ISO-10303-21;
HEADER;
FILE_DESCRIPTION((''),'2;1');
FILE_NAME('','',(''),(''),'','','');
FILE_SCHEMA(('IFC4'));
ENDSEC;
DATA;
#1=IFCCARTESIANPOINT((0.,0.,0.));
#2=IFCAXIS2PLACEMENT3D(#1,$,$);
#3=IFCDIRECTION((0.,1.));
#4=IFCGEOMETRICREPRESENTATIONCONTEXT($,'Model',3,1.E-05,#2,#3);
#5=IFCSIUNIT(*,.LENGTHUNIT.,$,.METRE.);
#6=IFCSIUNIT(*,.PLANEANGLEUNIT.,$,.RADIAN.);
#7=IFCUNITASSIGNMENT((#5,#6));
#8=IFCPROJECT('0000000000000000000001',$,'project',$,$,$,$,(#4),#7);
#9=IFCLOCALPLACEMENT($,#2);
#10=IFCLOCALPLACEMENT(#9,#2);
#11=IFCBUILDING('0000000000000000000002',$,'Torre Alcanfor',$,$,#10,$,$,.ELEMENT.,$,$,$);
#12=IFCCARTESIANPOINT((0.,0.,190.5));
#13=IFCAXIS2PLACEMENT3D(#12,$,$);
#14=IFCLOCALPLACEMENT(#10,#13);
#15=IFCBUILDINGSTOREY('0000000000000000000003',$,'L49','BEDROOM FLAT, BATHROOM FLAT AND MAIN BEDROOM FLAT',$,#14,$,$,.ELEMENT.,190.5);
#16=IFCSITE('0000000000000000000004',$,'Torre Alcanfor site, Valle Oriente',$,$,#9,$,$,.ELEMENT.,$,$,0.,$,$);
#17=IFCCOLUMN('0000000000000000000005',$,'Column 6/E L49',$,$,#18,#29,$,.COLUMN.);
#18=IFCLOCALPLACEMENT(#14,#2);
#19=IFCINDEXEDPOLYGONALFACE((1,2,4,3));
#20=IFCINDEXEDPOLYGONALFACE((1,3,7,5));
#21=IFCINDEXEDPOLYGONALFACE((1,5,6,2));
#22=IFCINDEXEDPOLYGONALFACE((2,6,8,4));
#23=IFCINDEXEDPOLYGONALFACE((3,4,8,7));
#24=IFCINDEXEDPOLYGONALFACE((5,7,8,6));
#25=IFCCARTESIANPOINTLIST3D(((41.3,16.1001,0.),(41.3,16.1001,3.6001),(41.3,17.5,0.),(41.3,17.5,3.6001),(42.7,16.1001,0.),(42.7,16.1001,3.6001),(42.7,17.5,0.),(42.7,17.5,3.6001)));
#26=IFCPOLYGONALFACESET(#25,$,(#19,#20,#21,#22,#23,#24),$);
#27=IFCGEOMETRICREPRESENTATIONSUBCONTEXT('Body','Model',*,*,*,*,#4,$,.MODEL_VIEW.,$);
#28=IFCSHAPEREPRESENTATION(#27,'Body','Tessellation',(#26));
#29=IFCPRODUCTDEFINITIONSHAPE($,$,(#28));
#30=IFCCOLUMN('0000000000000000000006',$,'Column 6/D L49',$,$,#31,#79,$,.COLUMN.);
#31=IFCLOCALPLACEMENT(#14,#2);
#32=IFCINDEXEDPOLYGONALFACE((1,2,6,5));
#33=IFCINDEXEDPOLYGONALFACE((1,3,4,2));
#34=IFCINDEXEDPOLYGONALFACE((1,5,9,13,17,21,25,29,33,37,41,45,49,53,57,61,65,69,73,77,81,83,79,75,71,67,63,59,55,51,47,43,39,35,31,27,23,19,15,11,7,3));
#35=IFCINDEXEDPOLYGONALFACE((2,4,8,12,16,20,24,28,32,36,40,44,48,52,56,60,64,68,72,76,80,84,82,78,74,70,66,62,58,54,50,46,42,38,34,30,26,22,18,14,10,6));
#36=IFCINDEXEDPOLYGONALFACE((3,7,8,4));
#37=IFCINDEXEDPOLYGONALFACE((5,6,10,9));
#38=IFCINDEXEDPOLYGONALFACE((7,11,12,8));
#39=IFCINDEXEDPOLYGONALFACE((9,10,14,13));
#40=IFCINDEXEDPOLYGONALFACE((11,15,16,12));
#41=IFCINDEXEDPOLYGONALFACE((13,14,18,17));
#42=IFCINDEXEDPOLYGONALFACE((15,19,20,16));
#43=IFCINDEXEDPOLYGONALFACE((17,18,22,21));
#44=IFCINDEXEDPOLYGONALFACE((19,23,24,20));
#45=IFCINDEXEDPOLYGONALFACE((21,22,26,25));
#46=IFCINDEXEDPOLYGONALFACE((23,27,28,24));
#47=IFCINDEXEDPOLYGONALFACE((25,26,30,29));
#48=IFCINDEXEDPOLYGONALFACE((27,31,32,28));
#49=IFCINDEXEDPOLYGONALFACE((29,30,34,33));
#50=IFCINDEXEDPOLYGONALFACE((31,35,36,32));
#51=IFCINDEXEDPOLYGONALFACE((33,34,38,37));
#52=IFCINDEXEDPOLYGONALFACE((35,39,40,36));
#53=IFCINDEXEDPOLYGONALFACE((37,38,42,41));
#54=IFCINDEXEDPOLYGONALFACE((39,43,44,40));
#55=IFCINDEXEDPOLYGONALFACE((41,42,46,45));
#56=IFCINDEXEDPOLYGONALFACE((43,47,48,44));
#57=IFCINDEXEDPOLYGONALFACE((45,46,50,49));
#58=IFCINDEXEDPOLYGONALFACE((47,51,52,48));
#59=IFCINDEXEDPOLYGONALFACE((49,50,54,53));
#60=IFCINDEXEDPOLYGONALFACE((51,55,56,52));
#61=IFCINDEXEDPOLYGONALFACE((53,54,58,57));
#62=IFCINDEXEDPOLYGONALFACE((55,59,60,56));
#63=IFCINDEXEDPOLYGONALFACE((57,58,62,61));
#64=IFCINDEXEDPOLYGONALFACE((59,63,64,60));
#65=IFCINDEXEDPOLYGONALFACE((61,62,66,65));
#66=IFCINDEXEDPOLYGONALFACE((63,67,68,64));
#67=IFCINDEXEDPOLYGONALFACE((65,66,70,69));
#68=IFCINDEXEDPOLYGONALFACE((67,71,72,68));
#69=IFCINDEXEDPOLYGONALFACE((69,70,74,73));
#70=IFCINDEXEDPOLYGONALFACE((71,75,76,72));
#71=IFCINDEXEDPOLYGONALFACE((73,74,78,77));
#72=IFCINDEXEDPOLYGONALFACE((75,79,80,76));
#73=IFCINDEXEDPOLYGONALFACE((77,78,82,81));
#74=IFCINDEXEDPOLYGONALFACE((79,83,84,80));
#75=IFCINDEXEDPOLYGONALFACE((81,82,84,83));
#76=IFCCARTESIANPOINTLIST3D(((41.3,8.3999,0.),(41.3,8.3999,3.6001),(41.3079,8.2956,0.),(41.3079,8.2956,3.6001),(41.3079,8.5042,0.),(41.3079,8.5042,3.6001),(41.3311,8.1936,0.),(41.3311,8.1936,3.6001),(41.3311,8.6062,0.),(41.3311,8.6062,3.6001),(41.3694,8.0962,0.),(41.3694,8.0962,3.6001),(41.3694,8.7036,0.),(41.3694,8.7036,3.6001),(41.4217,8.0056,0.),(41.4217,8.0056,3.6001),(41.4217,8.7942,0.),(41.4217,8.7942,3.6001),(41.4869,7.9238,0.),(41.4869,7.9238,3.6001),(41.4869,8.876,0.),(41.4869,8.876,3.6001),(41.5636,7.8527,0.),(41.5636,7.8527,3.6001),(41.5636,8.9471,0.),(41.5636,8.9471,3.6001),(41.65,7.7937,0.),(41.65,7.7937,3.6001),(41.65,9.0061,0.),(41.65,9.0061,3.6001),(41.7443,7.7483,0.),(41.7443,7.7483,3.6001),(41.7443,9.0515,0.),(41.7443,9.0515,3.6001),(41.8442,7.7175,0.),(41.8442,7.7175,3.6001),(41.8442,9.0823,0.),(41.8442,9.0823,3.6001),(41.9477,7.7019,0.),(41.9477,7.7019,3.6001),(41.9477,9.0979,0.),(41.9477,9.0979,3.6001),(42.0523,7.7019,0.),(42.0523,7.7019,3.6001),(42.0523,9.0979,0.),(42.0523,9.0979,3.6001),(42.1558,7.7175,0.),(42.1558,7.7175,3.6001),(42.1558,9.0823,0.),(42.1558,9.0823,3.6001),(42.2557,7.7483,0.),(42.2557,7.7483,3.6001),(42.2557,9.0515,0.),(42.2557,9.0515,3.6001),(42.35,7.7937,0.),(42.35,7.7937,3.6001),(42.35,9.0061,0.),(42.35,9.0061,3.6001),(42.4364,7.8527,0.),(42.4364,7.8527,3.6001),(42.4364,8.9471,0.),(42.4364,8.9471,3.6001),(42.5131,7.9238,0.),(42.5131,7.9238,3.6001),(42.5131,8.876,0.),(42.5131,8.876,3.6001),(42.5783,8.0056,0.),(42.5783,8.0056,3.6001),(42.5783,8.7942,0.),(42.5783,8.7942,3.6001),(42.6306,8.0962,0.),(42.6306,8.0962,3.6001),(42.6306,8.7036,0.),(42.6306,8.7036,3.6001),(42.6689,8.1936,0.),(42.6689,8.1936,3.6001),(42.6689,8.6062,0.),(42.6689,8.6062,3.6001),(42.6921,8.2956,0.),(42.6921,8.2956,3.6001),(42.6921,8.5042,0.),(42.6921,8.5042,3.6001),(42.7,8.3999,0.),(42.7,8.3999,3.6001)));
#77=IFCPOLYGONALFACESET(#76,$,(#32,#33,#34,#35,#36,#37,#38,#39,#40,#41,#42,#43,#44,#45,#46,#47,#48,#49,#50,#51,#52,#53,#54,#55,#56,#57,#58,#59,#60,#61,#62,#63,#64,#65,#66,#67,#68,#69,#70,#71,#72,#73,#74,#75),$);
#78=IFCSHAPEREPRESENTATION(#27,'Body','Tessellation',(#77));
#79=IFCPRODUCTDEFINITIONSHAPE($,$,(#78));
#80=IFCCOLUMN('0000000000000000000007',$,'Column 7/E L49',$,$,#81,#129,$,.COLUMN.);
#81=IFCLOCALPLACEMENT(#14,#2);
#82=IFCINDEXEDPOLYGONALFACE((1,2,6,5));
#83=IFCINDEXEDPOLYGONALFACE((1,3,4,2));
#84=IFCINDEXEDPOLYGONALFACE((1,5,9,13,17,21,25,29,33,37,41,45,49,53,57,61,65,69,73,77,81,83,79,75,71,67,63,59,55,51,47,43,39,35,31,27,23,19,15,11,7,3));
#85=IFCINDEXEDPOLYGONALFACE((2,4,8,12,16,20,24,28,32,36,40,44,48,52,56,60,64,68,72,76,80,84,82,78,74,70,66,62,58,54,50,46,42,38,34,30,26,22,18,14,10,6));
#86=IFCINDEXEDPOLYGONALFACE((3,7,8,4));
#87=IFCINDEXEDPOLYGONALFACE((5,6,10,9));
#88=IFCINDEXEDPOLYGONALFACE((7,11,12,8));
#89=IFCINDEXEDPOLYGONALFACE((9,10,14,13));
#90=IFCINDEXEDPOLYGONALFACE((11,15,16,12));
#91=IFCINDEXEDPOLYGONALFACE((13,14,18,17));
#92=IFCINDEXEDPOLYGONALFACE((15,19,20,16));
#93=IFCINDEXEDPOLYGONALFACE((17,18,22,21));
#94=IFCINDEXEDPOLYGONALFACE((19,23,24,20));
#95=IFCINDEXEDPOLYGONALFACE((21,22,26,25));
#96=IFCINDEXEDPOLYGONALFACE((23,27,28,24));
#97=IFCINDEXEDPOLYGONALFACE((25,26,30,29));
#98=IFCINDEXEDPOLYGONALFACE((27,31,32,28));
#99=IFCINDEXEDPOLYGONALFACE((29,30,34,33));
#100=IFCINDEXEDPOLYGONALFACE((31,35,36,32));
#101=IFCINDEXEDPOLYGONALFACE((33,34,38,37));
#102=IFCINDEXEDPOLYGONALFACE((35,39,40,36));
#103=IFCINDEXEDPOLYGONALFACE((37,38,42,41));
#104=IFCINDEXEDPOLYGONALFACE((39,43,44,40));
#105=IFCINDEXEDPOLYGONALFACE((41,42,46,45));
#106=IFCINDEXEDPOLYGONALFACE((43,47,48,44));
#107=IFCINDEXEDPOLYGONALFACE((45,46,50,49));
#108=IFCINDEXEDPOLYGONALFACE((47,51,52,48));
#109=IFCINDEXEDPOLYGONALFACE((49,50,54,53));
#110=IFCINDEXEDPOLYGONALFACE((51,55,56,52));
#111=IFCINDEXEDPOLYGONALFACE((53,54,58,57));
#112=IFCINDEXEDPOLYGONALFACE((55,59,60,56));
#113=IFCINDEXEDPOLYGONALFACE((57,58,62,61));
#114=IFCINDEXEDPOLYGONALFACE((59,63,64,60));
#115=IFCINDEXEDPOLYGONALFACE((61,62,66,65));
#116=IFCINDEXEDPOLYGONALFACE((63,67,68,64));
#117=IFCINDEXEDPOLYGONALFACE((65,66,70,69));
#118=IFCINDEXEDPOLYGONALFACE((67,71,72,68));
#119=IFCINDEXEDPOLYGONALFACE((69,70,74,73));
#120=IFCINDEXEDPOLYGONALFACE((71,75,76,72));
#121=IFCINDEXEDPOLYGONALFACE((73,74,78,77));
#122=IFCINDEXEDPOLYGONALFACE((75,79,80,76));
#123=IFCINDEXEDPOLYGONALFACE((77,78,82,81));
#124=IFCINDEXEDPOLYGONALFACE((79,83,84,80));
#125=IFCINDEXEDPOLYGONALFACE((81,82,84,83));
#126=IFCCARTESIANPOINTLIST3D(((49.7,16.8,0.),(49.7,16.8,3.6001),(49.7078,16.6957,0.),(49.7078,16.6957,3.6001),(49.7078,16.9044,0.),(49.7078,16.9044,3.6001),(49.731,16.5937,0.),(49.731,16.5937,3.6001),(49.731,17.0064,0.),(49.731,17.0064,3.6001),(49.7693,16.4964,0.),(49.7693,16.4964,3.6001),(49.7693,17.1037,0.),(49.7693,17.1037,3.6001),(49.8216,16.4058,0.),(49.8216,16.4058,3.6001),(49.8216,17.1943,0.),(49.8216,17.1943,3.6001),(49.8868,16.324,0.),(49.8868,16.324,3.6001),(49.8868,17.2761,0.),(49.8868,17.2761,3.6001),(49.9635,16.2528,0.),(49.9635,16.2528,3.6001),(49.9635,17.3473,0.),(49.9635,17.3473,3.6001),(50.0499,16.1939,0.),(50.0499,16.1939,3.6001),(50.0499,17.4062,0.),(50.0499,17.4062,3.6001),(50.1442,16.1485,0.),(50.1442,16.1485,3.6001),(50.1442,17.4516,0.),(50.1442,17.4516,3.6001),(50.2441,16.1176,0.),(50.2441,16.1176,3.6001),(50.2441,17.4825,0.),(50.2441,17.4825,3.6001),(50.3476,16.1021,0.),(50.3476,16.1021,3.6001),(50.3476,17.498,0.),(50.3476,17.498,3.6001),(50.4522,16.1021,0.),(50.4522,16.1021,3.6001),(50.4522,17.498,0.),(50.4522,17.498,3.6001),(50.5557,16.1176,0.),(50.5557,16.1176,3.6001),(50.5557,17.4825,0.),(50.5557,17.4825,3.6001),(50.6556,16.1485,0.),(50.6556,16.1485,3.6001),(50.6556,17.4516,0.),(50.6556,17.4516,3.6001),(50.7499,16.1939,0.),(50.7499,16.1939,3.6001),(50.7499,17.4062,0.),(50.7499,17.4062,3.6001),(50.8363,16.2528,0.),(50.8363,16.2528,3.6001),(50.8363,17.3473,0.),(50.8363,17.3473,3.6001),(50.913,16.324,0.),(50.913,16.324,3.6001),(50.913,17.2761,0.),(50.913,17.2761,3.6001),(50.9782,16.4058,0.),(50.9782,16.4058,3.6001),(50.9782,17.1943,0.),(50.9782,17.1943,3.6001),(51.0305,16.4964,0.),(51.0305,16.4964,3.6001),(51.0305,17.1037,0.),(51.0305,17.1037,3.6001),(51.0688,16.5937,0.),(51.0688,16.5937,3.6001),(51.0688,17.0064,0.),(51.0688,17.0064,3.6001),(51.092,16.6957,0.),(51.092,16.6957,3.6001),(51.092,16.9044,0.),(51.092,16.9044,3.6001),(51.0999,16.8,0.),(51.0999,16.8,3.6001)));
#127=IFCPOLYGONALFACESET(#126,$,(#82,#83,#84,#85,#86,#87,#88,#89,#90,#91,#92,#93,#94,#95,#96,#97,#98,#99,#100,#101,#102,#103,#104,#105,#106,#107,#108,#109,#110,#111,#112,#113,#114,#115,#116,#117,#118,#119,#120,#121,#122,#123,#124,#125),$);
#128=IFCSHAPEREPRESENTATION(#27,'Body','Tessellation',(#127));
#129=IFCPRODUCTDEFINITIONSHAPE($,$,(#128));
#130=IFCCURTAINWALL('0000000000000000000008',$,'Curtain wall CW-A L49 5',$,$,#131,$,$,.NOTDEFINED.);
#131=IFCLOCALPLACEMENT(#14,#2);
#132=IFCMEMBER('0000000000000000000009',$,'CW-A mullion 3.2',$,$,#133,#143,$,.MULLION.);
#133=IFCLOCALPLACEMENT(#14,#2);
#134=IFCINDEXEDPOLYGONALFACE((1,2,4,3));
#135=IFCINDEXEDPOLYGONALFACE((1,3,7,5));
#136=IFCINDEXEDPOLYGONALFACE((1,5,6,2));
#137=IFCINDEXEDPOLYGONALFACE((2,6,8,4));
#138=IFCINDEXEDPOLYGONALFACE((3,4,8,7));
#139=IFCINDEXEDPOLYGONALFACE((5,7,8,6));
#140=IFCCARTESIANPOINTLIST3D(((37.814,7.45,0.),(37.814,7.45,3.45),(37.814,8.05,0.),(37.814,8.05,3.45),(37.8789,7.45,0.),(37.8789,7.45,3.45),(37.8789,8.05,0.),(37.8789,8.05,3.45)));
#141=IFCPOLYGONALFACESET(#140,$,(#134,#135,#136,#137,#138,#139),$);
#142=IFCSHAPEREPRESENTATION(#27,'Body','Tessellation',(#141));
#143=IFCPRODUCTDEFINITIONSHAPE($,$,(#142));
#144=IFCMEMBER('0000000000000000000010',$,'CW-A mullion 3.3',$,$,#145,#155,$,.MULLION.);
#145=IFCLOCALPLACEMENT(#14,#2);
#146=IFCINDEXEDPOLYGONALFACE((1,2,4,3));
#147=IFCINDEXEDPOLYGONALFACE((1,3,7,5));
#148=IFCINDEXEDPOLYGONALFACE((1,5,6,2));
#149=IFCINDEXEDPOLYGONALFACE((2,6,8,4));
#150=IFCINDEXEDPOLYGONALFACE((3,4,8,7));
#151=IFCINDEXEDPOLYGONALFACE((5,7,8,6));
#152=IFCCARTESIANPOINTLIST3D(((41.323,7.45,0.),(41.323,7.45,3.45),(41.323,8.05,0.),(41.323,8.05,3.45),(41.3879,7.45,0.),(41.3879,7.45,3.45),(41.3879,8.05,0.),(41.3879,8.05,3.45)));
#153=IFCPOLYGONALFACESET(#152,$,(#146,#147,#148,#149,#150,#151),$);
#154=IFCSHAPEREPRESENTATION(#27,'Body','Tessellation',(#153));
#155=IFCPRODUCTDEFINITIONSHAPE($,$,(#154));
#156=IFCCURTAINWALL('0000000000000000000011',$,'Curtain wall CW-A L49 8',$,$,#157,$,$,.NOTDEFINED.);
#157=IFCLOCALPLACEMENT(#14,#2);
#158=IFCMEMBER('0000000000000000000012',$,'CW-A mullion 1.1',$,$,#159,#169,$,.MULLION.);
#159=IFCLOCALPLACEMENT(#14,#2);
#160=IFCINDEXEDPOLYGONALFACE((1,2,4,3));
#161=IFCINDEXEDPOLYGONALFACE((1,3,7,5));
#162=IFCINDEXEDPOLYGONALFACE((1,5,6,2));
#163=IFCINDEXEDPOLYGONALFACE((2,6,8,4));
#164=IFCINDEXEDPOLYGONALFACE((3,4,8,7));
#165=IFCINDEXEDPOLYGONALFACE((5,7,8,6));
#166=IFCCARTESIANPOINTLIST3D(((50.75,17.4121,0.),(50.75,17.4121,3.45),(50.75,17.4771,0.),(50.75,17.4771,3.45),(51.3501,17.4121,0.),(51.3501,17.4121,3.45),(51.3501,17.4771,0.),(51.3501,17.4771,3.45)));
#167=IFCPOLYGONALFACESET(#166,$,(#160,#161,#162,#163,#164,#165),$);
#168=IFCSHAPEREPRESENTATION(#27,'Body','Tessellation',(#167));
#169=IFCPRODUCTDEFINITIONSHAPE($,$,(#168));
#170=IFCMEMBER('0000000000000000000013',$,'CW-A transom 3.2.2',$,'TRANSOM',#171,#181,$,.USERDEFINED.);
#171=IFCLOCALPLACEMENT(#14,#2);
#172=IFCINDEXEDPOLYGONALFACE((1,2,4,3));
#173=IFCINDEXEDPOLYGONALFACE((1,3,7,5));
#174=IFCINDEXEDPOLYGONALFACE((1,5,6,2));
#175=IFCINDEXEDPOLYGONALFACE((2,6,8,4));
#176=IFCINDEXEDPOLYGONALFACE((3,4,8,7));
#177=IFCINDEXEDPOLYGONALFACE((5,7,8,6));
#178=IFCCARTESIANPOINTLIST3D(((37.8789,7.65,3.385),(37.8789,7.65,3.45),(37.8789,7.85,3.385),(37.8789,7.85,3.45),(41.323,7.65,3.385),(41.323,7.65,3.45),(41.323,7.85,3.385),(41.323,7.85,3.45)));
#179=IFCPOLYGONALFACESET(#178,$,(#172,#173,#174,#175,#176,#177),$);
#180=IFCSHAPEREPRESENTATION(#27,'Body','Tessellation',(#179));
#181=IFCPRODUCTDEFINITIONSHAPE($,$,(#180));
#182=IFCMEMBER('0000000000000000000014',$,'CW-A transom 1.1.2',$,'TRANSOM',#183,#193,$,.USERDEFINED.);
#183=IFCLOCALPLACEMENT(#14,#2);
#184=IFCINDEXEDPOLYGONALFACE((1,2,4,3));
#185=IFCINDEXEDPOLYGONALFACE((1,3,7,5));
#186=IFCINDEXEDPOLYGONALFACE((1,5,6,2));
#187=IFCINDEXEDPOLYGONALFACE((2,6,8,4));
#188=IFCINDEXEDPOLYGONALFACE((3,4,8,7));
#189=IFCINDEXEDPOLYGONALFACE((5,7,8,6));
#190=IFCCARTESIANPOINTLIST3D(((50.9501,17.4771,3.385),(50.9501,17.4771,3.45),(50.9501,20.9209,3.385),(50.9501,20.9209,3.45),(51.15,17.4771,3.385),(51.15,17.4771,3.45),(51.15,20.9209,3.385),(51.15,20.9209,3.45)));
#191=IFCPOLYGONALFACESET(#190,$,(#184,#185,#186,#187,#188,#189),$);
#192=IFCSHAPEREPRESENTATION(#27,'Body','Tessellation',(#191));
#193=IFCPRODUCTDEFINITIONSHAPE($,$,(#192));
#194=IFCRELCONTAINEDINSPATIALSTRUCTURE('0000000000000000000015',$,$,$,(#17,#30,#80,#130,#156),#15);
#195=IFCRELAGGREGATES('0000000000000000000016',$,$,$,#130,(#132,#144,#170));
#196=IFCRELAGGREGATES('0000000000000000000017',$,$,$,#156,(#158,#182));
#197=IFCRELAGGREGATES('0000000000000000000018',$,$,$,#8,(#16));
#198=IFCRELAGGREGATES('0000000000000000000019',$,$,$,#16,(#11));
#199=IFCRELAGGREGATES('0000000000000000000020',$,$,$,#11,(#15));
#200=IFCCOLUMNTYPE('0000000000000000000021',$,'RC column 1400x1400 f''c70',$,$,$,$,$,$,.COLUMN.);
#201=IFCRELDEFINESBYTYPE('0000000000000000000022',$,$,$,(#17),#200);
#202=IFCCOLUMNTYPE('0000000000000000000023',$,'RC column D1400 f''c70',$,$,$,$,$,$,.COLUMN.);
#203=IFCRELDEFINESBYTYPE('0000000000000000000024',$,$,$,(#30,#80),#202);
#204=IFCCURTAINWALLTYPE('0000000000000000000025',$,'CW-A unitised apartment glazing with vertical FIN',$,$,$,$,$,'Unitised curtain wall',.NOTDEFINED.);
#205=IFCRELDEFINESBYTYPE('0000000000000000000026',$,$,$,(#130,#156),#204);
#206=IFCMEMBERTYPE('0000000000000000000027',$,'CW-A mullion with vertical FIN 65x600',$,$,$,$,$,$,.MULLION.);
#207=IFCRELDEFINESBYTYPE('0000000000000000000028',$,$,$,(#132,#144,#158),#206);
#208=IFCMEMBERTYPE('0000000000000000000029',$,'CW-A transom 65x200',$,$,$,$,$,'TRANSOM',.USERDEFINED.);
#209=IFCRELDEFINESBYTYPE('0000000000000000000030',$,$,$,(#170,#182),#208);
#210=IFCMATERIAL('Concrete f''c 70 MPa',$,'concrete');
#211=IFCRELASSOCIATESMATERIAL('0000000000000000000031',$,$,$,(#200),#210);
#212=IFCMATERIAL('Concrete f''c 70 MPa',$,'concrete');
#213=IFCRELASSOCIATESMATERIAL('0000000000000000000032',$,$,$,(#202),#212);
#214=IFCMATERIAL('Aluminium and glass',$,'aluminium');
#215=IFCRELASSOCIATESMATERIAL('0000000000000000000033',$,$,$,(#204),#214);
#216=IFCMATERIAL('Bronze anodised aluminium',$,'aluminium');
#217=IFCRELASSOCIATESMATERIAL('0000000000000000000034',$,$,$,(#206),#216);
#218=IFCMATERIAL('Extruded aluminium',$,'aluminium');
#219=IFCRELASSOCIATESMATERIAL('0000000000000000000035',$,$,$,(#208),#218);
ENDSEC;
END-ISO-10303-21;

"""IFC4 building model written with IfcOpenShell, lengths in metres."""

from ifc_helpers import new_model, si_unit, direction, frame, origin, origin_2d, place, context, subcontext, project, spatial, rectangle, circle, extrude, material, material_profile, profile_set, type_object, element, aggregate, save


model = new_model("IFC4")

# Units and contexts
model_context = context("Model", 3, precision=1e-05, world=origin(), true_north=direction((0.0, 1.0)))
body_context = subcontext(model_context, "Body", "Model", "MODEL_VIEW")
ifc_project = project(units=[si_unit("LENGTHUNIT", "METRE"), si_unit("PLANEANGLEUNIT", "RADIAN")], contexts=[model_context])

# Site, building, storey
site_placement = place(None, origin())
site = spatial("IfcSite", under=ifc_project, at=site_placement, Name="Torre Alcanfor site, Valle Oriente", CompositionType="ELEMENT", RefElevation=0.0)
building_placement = place(site_placement, origin())
building = spatial("IfcBuilding", under=site, at=building_placement, Name="Torre Alcanfor", CompositionType="ELEMENT")
storey_placement = place(building_placement, frame((0.0, 0.0, 190.5)))
storey = spatial("IfcBuildingStorey", under=building, at=storey_placement, Name="L49", Description="BEDROOM FLAT, BATHROOM FLAT AND MAIN BEDROOM FLAT", CompositionType="ELEMENT", Elevation=190.5)

# Columns
ifc_material_1 = material(Name="Concrete f'c 70 MPa", Category="concrete")
ifc_material_profile_1 = material_profile(ifc_material_1, rectangle(XDim=1.3999, YDim=1.3999, at=origin_2d()), Name="1400x1400")
ifc_profile_set_1 = profile_set([ifc_material_profile_1], Name="Concrete f'c 70 MPa")
column_type_1 = type_object("IfcColumnType", Name="RC column 1400x1400 f'c70", PredefinedType="COLUMN", material=ifc_profile_set_1)
column_placement = place(storey_placement, frame((42.0, 16.8, 0.0), z_axis=(0.0, 0.0, 1.0), x_axis=(1.0, 0.0, 0.0)))
element("IfcColumn", 1, at=column_placement, inside=storey, type_object=column_type_1, Name="Column 6/E L49", PredefinedType="COLUMN", context=body_context, shape_type="SweptSolid", body=[
    extrude(rectangle(XDim=1.3999, YDim=1.3999, at=origin_2d()), origin(), (0.0, 0.0, 1.0), 3.6001),
])
ifc_material_2 = material(Name="Concrete f'c 70 MPa", Category="concrete")
ifc_material_profile_2 = material_profile(ifc_material_2, circle(Radius=0.7, at=origin_2d()), Name="D1400")
ifc_profile_set_2 = profile_set([ifc_material_profile_2], Name="Concrete f'c 70 MPa")
column_type_2 = type_object("IfcColumnType", Name="RC column D1400 f'c70", PredefinedType="COLUMN", material=ifc_profile_set_2)
for number, where, z_axis, x_axis, name in (
    (2, (42.0, 8.3999, 0.0), (0.0, 0.0, 1.0), (1.0, 0.0, 0.0), "Column 6/D L49"),
    (3, (50.3999, 16.8, 0.0), (0.0, 0.0, 1.0), (1.0, 0.0, 0.0), "Column 7/E L49"),
):
    element("IfcColumn", number, at=place(storey_placement, frame(where, z_axis=z_axis, x_axis=x_axis)), inside=storey, type_object=column_type_2, Name=name, PredefinedType="COLUMN", context=body_context, shape_type="SweptSolid", body=[
        extrude(circle(Radius=0.7, at=origin_2d()), origin(), (0.0, 0.0, 1.0), 3.6001),
    ])

# Curtain wall, members
ifc_material_3 = material(Name="Aluminium and glass", Category="aluminium")
curtain_wall_type = type_object("IfcCurtainWallType", Name="CW-A unitised apartment glazing with vertical FIN", ElementType="Unitised curtain wall", PredefinedType="NOTDEFINED", material=ifc_material_3)
curtain_wall_1_placement = place(storey_placement, origin())
curtain_wall_1 = element("IfcCurtainWall", 4, at=curtain_wall_1_placement, inside=storey, type_object=curtain_wall_type, Name="Curtain wall CW-A L49 5", PredefinedType="NOTDEFINED")
ifc_material_4 = material(Name="Bronze anodised aluminium", Category="aluminium")
ifc_material_profile_3 = material_profile(ifc_material_4, rectangle(XDim=0.6001, YDim=0.0649, at=origin_2d()), Name="CW-A mullion 65x600")
ifc_profile_set_3 = profile_set([ifc_material_profile_3], Name="Bronze anodised aluminium")
member_type_1 = type_object("IfcMemberType", Name="CW-A mullion with vertical FIN 65x600", PredefinedType="MULLION", material=ifc_profile_set_3)
member_1_placement = place(storey_placement, frame((37.8464, 7.75, 0.0), z_axis=(0.0, 0.0, 1.0), x_axis=(0.0, 1.0, 0.0)))
member_1 = element("IfcMember", 5, at=member_1_placement, type_object=member_type_1, Name="CW-A mullion 3.2", PredefinedType="MULLION", context=body_context, shape_type="SweptSolid", body=[
    extrude(rectangle(XDim=0.6001, YDim=0.0649, at=origin_2d()), origin(), (0.0, 0.0, 1.0), 3.45),
])
member_2_placement = place(storey_placement, frame((41.3555, 7.75, 0.0), z_axis=(0.0, 0.0, 1.0), x_axis=(0.0, 1.0, 0.0)))
member_2 = element("IfcMember", 6, at=member_2_placement, type_object=member_type_1, Name="CW-A mullion 3.3", PredefinedType="MULLION", context=body_context, shape_type="SweptSolid", body=[
    extrude(rectangle(XDim=0.6001, YDim=0.0649, at=origin_2d()), origin(), (0.0, 0.0, 1.0), 3.45),
])

# Curtain wall, member
curtain_wall_2_placement = place(storey_placement, origin())
curtain_wall_2 = element("IfcCurtainWall", 7, at=curtain_wall_2_placement, inside=storey, type_object=curtain_wall_type, Name="Curtain wall CW-A L49 8", PredefinedType="NOTDEFINED")
member_3_placement = place(storey_placement, frame((51.05, 17.4446, 0.0), z_axis=(0.0, 0.0, 1.0), x_axis=(-1.0, 0.0, 0.0)))
member_3 = element("IfcMember", 8, at=member_3_placement, type_object=member_type_1, Name="CW-A mullion 1.1", PredefinedType="MULLION", context=body_context, shape_type="SweptSolid", body=[
    extrude(rectangle(XDim=0.6001, YDim=0.0649, at=origin_2d()), origin(), (0.0, 0.0, 1.0), 3.45),
])

# Members
ifc_material_5 = material(Name="Extruded aluminium", Category="aluminium")
ifc_material_profile_4 = material_profile(ifc_material_5, rectangle(XDim=0.2, YDim=0.0649, at=origin_2d()), Name="CW-A transom 200x65")
ifc_profile_set_4 = profile_set([ifc_material_profile_4], Name="Extruded aluminium")
member_type_2 = type_object("IfcMemberType", Name="CW-A transom 65x200", ElementType="TRANSOM", PredefinedType="USERDEFINED", material=ifc_profile_set_4)
member_4_placement = place(storey_placement, frame((37.8789, 7.75, 3.4175), z_axis=(1.0, 0.0, 0.0), x_axis=(0.0, 1.0, 0.0)))
member_4 = element("IfcMember", 9, at=member_4_placement, type_object=member_type_2, Name="CW-A transom 3.2.2", ObjectType="TRANSOM", PredefinedType="USERDEFINED", context=body_context, shape_type="SweptSolid", body=[
    extrude(rectangle(XDim=0.2, YDim=0.0649, at=origin_2d()), origin(), (0.0, 0.0, 1.0), 3.4441),
])
member_5_placement = place(storey_placement, frame((51.05, 17.4771, 3.4175), z_axis=(0.0, 1.0, 0.0), x_axis=(-1.0, 0.0, 0.0)))
member_5 = element("IfcMember", 10, at=member_5_placement, type_object=member_type_2, Name="CW-A transom 1.1.2", ObjectType="TRANSOM", PredefinedType="USERDEFINED", context=body_context, shape_type="SweptSolid", body=[
    extrude(rectangle(XDim=0.2, YDim=0.0649, at=origin_2d()), origin(), (0.0, 0.0, 1.0), 3.4438),
])

aggregate(curtain_wall_1, [member_1, member_2, member_4])
aggregate(curtain_wall_2, [member_3, member_5])

save(model, "model.ifc")
